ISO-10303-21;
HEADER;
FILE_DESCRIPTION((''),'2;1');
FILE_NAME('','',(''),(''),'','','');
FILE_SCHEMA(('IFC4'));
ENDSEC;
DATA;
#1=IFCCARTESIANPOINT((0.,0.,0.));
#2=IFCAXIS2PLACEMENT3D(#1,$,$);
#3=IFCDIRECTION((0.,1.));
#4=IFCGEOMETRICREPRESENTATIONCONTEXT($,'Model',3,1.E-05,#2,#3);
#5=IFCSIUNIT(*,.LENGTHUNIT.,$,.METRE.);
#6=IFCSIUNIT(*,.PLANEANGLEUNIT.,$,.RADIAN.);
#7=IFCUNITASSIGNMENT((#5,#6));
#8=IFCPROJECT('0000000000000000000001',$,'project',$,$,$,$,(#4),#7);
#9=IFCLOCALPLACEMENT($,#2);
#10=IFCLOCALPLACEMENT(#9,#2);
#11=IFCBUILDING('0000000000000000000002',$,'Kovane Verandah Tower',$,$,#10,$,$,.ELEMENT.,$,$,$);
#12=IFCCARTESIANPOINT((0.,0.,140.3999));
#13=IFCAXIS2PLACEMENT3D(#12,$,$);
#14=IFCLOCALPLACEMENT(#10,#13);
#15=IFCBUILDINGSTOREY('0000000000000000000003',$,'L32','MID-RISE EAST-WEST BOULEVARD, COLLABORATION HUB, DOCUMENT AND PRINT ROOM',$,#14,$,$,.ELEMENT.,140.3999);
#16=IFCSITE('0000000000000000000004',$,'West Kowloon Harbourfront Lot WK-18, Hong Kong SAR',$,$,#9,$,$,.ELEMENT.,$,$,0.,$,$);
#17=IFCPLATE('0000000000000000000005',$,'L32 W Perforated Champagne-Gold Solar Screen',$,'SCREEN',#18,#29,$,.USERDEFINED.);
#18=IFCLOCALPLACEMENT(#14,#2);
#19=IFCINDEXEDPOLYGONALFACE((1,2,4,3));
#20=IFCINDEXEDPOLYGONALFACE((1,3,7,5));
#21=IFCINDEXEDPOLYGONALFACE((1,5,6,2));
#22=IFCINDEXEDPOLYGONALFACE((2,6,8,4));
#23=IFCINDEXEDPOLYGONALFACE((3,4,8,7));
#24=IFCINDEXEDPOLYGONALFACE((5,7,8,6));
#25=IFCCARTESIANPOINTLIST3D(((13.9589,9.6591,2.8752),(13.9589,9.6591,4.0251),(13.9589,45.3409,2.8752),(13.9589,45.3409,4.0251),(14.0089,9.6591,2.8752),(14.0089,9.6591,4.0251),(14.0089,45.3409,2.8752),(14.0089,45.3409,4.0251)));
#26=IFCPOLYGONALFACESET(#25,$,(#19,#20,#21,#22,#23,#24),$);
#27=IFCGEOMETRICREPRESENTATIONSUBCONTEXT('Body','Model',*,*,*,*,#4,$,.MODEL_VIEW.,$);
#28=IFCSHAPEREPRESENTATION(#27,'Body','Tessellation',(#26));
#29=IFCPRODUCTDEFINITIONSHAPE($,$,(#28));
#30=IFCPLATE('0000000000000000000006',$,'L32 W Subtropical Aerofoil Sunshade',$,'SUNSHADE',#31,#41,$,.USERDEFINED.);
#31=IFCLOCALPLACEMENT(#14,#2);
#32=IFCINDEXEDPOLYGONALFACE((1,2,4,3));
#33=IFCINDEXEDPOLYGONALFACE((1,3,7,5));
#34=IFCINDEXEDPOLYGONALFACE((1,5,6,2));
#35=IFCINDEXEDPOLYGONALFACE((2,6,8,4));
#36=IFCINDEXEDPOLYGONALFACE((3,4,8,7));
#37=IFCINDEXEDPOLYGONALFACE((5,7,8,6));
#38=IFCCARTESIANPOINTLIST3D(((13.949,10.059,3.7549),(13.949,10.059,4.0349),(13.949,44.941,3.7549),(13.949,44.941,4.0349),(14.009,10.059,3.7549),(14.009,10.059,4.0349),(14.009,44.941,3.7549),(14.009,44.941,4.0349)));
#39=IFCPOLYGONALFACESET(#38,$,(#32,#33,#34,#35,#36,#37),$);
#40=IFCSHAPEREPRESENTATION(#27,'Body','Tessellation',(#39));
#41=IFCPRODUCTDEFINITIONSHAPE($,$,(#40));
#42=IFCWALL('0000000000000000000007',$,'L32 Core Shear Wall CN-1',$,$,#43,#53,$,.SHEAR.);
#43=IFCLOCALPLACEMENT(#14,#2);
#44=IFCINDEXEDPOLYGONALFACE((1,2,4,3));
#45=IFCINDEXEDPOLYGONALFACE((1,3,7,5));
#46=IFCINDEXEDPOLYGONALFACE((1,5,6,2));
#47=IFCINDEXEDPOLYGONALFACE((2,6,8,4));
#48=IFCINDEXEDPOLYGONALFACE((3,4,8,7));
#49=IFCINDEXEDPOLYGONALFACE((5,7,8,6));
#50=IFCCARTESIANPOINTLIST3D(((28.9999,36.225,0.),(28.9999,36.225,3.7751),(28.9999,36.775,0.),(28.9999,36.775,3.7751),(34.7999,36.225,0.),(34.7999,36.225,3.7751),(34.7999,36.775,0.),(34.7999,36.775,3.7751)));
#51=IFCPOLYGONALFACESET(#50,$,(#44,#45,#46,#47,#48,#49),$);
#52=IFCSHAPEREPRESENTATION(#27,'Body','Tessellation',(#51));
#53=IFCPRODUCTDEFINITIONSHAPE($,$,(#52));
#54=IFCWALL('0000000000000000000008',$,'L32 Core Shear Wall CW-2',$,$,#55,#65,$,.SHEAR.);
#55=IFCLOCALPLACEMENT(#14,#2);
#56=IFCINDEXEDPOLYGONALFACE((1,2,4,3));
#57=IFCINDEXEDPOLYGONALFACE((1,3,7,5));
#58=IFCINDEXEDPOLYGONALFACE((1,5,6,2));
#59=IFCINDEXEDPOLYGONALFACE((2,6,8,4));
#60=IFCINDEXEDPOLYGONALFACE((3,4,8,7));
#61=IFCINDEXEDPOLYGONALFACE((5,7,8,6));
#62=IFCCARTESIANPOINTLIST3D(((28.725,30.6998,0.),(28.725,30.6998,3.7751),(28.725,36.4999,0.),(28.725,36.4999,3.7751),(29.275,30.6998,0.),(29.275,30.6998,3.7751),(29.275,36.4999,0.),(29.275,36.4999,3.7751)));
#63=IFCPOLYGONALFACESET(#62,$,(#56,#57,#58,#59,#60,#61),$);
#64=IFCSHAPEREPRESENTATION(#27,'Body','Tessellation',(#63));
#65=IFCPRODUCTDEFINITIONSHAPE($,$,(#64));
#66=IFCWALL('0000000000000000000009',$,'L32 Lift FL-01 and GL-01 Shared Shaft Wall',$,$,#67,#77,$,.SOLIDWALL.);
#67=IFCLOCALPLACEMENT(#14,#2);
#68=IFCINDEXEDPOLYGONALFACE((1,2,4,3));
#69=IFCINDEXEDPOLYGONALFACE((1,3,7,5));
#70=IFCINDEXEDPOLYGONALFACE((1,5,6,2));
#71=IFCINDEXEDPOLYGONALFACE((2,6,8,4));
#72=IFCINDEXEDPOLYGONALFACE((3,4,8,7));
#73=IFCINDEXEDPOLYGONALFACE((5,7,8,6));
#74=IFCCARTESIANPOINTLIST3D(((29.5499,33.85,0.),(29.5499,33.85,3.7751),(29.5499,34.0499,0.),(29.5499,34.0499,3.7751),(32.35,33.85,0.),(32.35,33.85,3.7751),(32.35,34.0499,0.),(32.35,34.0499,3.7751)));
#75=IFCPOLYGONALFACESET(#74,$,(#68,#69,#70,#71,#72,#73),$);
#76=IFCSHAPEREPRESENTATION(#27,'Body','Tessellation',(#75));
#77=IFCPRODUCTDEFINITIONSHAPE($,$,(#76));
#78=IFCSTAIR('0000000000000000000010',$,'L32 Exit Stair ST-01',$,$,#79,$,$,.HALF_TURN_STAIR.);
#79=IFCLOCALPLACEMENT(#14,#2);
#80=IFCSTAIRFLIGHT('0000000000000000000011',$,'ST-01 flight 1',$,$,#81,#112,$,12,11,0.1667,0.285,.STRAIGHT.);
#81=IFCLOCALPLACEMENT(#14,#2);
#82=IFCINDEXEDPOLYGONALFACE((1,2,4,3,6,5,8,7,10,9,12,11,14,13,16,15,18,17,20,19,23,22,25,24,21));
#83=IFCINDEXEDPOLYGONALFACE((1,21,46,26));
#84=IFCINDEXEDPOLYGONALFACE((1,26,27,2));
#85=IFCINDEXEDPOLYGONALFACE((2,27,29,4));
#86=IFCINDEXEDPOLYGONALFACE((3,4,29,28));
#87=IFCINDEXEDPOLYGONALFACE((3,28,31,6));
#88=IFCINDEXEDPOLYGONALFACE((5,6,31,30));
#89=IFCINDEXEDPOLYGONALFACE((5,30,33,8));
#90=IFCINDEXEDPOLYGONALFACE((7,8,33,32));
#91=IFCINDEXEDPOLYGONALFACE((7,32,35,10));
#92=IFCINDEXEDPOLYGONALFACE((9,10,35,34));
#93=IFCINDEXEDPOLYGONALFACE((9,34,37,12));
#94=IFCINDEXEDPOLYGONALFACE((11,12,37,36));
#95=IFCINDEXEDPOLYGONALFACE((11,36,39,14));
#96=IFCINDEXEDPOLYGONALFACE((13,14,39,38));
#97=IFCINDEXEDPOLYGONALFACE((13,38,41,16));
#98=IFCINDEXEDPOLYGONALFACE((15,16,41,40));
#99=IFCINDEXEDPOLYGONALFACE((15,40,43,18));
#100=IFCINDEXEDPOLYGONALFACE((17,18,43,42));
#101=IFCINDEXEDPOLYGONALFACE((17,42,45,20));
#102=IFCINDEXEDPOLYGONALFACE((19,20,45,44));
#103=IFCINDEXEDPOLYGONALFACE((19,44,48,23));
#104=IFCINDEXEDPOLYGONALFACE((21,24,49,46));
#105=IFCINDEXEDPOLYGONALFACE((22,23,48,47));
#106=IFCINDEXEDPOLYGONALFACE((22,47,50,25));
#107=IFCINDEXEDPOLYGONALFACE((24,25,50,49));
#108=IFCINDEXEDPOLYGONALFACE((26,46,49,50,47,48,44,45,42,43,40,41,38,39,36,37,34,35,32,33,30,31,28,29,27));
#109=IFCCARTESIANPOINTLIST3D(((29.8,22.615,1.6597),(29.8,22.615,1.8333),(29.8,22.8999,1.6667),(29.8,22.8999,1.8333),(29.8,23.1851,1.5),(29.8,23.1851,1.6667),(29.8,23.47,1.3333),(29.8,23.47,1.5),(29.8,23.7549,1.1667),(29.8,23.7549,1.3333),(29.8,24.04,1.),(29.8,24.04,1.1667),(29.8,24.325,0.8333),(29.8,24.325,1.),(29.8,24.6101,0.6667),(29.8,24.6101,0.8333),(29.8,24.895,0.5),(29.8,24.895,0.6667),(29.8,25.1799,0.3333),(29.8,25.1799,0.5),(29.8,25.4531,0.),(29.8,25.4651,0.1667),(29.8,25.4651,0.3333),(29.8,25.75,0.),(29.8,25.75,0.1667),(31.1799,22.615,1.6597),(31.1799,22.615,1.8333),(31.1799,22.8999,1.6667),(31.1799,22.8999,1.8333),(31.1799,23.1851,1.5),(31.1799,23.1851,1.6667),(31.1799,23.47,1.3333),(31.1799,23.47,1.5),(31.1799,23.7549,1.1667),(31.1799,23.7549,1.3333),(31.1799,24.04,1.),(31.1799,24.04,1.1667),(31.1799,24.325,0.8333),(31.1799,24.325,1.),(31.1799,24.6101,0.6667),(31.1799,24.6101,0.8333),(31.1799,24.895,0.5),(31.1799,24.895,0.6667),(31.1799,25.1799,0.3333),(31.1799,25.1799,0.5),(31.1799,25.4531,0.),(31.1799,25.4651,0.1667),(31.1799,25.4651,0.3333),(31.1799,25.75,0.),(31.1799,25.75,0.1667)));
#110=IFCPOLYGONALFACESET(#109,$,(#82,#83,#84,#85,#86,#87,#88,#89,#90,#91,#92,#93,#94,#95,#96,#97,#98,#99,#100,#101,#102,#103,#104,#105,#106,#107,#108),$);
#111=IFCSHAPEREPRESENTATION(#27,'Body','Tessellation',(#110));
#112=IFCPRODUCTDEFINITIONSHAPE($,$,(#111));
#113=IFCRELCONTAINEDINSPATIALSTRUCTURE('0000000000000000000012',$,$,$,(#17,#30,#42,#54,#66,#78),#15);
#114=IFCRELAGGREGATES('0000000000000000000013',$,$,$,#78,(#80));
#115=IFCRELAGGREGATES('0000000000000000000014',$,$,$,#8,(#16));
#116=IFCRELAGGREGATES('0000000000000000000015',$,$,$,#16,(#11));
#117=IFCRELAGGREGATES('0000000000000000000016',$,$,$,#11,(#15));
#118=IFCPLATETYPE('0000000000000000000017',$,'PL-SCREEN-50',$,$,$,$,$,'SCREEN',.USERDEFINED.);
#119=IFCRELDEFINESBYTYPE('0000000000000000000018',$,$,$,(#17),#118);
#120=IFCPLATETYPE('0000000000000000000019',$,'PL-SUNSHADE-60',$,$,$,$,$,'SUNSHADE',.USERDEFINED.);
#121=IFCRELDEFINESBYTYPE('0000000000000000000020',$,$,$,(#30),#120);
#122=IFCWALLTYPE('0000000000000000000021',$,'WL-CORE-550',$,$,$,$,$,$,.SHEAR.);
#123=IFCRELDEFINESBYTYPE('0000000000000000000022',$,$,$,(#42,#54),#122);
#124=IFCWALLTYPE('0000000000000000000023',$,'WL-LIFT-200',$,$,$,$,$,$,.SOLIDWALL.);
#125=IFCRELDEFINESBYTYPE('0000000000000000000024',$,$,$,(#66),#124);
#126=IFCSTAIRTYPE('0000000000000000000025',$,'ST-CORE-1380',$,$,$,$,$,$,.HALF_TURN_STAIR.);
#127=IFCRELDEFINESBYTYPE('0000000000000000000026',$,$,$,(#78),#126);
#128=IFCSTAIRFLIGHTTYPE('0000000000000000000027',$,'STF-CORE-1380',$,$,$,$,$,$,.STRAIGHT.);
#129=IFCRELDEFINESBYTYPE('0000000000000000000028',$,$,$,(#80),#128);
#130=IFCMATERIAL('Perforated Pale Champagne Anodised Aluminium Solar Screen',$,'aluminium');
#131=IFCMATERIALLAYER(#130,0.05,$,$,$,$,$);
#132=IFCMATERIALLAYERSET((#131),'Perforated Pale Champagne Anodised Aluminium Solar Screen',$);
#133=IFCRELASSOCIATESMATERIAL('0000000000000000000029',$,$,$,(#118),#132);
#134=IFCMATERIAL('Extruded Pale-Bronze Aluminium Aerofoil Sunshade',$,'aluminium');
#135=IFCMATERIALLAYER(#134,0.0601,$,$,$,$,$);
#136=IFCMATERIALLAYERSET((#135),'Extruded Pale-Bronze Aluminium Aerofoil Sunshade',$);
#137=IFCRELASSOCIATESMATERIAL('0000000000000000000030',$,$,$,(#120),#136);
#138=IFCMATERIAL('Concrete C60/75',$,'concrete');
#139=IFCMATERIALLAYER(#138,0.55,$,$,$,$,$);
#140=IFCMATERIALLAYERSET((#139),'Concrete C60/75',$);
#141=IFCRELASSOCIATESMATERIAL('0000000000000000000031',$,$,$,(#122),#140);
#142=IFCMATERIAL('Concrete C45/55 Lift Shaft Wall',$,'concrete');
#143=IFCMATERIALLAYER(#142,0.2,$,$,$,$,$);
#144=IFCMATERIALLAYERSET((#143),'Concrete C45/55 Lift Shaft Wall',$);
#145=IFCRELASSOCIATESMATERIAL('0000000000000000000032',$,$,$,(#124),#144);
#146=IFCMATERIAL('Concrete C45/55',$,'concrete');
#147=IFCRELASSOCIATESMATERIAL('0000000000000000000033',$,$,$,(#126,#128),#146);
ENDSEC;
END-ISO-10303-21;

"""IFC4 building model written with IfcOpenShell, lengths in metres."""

from ifc_helpers import new_model, si_unit, direction, frame, frame_2d, origin, origin_2d, place, context, subcontext, project, spatial, polyline, rectangle, outline, extrude, material, layer, layer_set, type_object, element, aggregate, save


model = new_model("IFC4")

# Units and contexts
model_context = context("Model", 3, precision=1e-05, world=origin(), true_north=direction((0.0, 1.0)))
body_context = subcontext(model_context, "Body", "Model", "MODEL_VIEW")
ifc_project = project(units=[si_unit("LENGTHUNIT", "METRE"), si_unit("PLANEANGLEUNIT", "RADIAN")], contexts=[model_context])

# Site, building, storey
site_placement = place(None, origin())
site = spatial("IfcSite", under=ifc_project, at=site_placement, Name="West Kowloon Harbourfront Lot WK-18, Hong Kong SAR", CompositionType="ELEMENT", RefElevation=0.0)
building_placement = place(site_placement, origin())
building = spatial("IfcBuilding", under=site, at=building_placement, Name="Kovane Verandah Tower", CompositionType="ELEMENT")
storey_placement = place(building_placement, frame((0.0, 0.0, 140.3999)))
storey = spatial("IfcBuildingStorey", under=building, at=storey_placement, Name="L32", Description="MID-RISE EAST-WEST BOULEVARD, COLLABORATION HUB, DOCUMENT AND PRINT ROOM", CompositionType="ELEMENT", Elevation=140.3999)

# Shared definitions
ifc_material_1 = material(Name="Concrete C60/75", Category="concrete")

# Plates
ifc_material_2 = material(Name="Perforated Pale Champagne Anodised Aluminium Solar Screen", Category="aluminium")
ifc_layer_1 = layer(ifc_material_2, 0.05)
ifc_layer_set_1 = layer_set([ifc_layer_1], Name="Perforated Pale Champagne Anodised Aluminium Solar Screen")
plate_type_1 = type_object("IfcPlateType", Name="PL-SCREEN-50", ElementType="SCREEN", PredefinedType="USERDEFINED", material=ifc_layer_set_1)
plate_1_placement = place(storey_placement, frame((13.9839, 27.5, 2.8752), z_axis=(0.0, 0.0, 1.0), x_axis=(0.0, -1.0, 0.0)))
element("IfcPlate", 1, at=plate_1_placement, inside=storey, type_object=plate_type_1, Name="L32 W Perforated Champagne-Gold Solar Screen", ObjectType="SCREEN", PredefinedType="USERDEFINED", context=body_context, shape_type="SweptSolid", body=[
    extrude(rectangle(XDim=35.6819, YDim=0.05, at=origin_2d()), origin(), (0.0, 0.0, 1.0), 1.1499),
])
ifc_material_3 = material(Name="Extruded Pale-Bronze Aluminium Aerofoil Sunshade", Category="aluminium")
ifc_layer_2 = layer(ifc_material_3, 0.0601)
ifc_layer_set_2 = layer_set([ifc_layer_2], Name="Extruded Pale-Bronze Aluminium Aerofoil Sunshade")
plate_type_2 = type_object("IfcPlateType", Name="PL-SUNSHADE-60", ElementType="SUNSHADE", PredefinedType="USERDEFINED", material=ifc_layer_set_2)
plate_2_placement = place(storey_placement, frame((13.979, 27.5, 3.7549), z_axis=(0.0, 0.0, 1.0), x_axis=(0.0, -1.0, 0.0)))
element("IfcPlate", 2, at=plate_2_placement, inside=storey, type_object=plate_type_2, Name="L32 W Subtropical Aerofoil Sunshade", ObjectType="SUNSHADE", PredefinedType="USERDEFINED", context=body_context, shape_type="SweptSolid", body=[
    extrude(rectangle(XDim=34.8821, YDim=0.0601, at=origin_2d()), origin(), (0.0, 0.0, 1.0), 0.28),
])

# Walls
ifc_layer_3 = layer(ifc_material_1, 0.55)
ifc_layer_set_3 = layer_set([ifc_layer_3], Name="Concrete C60/75")
wall_type_1 = type_object("IfcWallType", Name="WL-CORE-550", PredefinedType="SHEAR", material=ifc_layer_set_3)
for number, where, z_axis, x_axis, name in (
    (3, (29.0, 36.5, 0.0), (0.0, 0.0, 1.0), (1.0, 0.0, 0.0), "L32 Core Shear Wall CN-1"),
    (4, (29.0, 30.7, 0.0), (0.0, 0.0, 1.0), (0.0, 1.0, 0.0), "L32 Core Shear Wall CW-2"),
):
    element("IfcWall", number, at=place(storey_placement, frame(where, z_axis=z_axis, x_axis=x_axis)), inside=storey, type_object=wall_type_1, Name=name, PredefinedType="SHEAR", context=body_context, shape_type="SweptSolid", body=[
        extrude(rectangle(XDim=5.8, YDim=0.55, at=frame_2d((2.8999, 0.0))), origin(), (0.0, 0.0, 1.0), 3.7751),
    ])

# Shared definitions
ifc_material_4 = material(Name="Concrete C45/55 Lift Shaft Wall", Category="concrete")
ifc_layer_4 = layer(ifc_material_4, 0.2)
ifc_layer_set_4 = layer_set([ifc_layer_4], Name="Concrete C45/55 Lift Shaft Wall")
wall_type_2 = type_object("IfcWallType", Name="WL-LIFT-200", PredefinedType="SOLIDWALL", material=ifc_layer_set_4)

# Wall
wall_1_placement = place(storey_placement, frame((29.55, 33.95, 0.0), z_axis=(0.0, 0.0, 1.0), x_axis=(1.0, 0.0, 0.0)))
element("IfcWall", 5, at=wall_1_placement, inside=storey, type_object=wall_type_2, Name="L32 Lift FL-01 and GL-01 Shared Shaft Wall", PredefinedType="SOLIDWALL", context=body_context, shape_type="SweptSolid", body=[
    extrude(rectangle(XDim=2.8, YDim=0.2, at=frame_2d((1.3999, 0.0))), origin(), (0.0, 0.0, 1.0), 3.7751),
])

# Shared definitions
ifc_material_5 = material(Name="Concrete C45/55", Category="concrete")

# Stair, stair flight
stair_type = type_object("IfcStairType", Name="ST-CORE-1380", PredefinedType="HALF_TURN_STAIR", material=ifc_material_5)
stair_placement = place(storey_placement, origin())
stair = element("IfcStair", 6, at=stair_placement, inside=storey, type_object=stair_type, Name="L32 Exit Stair ST-01", PredefinedType="HALF_TURN_STAIR")
stair_flight_type = type_object("IfcStairFlightType", Name="STF-CORE-1380", PredefinedType="STRAIGHT", material=ifc_material_5)
stair_flight_placement = place(storey_placement, frame((30.49, 25.75, 0.0), z_axis=(0.0, 0.0, 1.0), x_axis=(0.0, -1.0, 0.0)))
stair_flight = element("IfcStairFlight", 7, at=stair_flight_placement, type_object=stair_flight_type, Name="ST-01 flight 1", NumberOfRisers=12, NumberOfTreads=11, PredefinedType="STRAIGHT", RiserHeight=0.1667, TreadLength=0.285, context=body_context, shape_type="SweptSolid", body=[
    extrude(outline(polyline([(0.0, 0.0), (0.0, 0.1667), (0.2849, 0.1667), (0.2849, 0.3333), (0.5701, 0.3333), (0.5701, 0.5), (0.855, 0.5), (0.855, 0.6667), (1.1399, 0.6667), (1.1399, 0.8333), (1.425, 0.8333), (1.425, 1.0), (1.71, 1.0), (1.71, 1.1667), (1.9951, 1.1667), (1.9951, 1.3333), (2.28, 1.3333), (2.28, 1.5), (2.5649, 1.5), (2.5649, 1.6667), (2.8501, 1.6667), (2.8501, 1.8333), (3.135, 1.8333), (3.135, 2.0), (3.135, 1.6597), (0.2969, 0.0), (0.0, 0.0)])), frame((0.0, 0.6899, 0.0), z_axis=(0.0, -1.0, 0.0), x_axis=(1.0, 0.0, 0.0)), (0.0, 0.0, 1.0), 1.3799),
])
aggregate(stair, [stair_flight])

save(model, "model.ifc")
